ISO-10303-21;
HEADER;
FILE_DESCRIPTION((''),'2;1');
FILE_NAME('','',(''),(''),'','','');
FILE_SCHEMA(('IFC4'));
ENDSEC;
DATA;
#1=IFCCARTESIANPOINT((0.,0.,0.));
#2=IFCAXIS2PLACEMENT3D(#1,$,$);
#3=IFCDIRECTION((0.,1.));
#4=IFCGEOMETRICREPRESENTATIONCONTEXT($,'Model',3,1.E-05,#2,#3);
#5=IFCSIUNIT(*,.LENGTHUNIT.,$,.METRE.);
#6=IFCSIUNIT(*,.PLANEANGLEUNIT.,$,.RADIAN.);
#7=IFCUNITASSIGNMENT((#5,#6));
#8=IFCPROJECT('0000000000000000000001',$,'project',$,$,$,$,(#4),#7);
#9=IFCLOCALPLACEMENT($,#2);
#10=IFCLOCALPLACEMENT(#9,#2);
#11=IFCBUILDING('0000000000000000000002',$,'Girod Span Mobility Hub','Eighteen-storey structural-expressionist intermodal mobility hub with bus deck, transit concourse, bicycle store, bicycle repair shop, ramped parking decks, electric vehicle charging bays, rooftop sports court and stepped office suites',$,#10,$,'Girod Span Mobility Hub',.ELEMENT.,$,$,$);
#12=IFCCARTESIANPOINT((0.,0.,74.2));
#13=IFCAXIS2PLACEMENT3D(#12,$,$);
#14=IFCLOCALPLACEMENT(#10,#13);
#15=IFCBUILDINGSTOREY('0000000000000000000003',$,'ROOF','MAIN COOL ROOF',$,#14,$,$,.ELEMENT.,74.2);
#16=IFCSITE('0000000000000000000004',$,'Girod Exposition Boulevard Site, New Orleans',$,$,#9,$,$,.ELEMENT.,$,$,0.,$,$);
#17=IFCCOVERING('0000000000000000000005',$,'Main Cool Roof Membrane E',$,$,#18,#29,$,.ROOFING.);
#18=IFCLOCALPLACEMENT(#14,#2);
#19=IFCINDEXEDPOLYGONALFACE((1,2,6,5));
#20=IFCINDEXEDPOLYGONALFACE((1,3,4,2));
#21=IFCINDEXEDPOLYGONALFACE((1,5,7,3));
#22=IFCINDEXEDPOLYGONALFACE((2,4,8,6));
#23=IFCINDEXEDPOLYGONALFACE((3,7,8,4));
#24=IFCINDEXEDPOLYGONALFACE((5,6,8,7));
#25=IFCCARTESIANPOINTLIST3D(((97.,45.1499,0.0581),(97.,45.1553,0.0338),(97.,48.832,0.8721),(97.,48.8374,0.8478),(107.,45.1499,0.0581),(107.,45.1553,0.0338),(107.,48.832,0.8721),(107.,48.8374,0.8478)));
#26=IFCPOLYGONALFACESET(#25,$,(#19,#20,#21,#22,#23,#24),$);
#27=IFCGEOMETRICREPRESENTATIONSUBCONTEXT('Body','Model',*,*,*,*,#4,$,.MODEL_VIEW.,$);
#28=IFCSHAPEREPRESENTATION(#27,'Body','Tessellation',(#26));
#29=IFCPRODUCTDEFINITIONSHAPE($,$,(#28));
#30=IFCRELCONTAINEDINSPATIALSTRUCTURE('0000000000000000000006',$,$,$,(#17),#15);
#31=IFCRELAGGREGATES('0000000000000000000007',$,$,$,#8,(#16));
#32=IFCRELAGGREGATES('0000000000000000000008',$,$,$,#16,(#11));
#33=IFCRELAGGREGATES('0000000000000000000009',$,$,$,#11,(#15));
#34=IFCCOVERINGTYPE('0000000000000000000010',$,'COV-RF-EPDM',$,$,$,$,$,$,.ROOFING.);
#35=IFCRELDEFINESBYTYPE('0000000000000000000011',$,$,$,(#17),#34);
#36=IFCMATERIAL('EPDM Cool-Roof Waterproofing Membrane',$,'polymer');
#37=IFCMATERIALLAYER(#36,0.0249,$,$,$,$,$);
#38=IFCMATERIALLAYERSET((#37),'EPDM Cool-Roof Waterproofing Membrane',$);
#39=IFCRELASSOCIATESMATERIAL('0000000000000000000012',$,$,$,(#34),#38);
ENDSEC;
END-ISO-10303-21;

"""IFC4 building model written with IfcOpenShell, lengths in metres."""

from ifc_helpers import new_model, si_unit, direction, frame, origin, place, context, subcontext, project, spatial, polyline, outline, extrude, material, layer, layer_set, type_object, element, save


model = new_model("IFC4")

# Units and contexts
model_context = context("Model", 3, precision=1e-05, world=origin(), true_north=direction((0.0, 1.0)))
body_context = subcontext(model_context, "Body", "Model", "MODEL_VIEW")
ifc_project = project(units=[si_unit("LENGTHUNIT", "METRE"), si_unit("PLANEANGLEUNIT", "RADIAN")], contexts=[model_context])

# Site, building, storey
site_placement = place(None, origin())
site = spatial("IfcSite", under=ifc_project, at=site_placement, Name="Girod Exposition Boulevard Site, New Orleans", CompositionType="ELEMENT", RefElevation=0.0)
building_placement = place(site_placement, origin())
building = spatial("IfcBuilding", under=site, at=building_placement, Name="Girod Span Mobility Hub", Description="Eighteen-storey structural-expressionist intermodal mobility hub with bus deck, transit concourse, bicycle store, bicycle repair shop, ramped parking decks, electric vehicle charging bays, rooftop sports court and stepped office suites", LongName="Girod Span Mobility Hub", CompositionType="ELEMENT")
storey_placement = place(building_placement, frame((0.0, 0.0, 74.2)))
storey = spatial("IfcBuildingStorey", under=building, at=storey_placement, Name="ROOF", Description="MAIN COOL ROOF", CompositionType="ELEMENT", Elevation=74.2)

# Covering
ifc_material_1 = material(Name="EPDM Cool-Roof Waterproofing Membrane", Category="polymer")
ifc_layer_1 = layer(ifc_material_1, 0.0249)
ifc_layer_set_1 = layer_set([ifc_layer_1], Name="EPDM Cool-Roof Waterproofing Membrane")
covering_type = type_object("IfcCoveringType", Name="COV-RF-EPDM", PredefinedType="ROOFING", material=ifc_layer_set_1)
for number, where, z_axis, x_axis, name in (
    (1, (97.0, 45.1499, 0.0581), (0.0, -0.215847, 0.976427), (1.0, 0.0, 0.0), "Main Cool Roof Membrane E"),
):
    element("IfcCovering", number, at=place(storey_placement, frame(where, z_axis=z_axis, x_axis=x_axis)), inside=storey, type_object=covering_type, Name=name, PredefinedType="ROOFING", context=body_context, shape_type="SweptSolid", body=[
        extrude(outline(polyline([(0.0, 0.0), (10.0, 0.0), (10.0, 3.771), (0.0, 3.771), (0.0, 0.0)])), origin(), (0.0, 0.0, -1.0), 0.0249),
    ])

save(model, "model.ifc")
